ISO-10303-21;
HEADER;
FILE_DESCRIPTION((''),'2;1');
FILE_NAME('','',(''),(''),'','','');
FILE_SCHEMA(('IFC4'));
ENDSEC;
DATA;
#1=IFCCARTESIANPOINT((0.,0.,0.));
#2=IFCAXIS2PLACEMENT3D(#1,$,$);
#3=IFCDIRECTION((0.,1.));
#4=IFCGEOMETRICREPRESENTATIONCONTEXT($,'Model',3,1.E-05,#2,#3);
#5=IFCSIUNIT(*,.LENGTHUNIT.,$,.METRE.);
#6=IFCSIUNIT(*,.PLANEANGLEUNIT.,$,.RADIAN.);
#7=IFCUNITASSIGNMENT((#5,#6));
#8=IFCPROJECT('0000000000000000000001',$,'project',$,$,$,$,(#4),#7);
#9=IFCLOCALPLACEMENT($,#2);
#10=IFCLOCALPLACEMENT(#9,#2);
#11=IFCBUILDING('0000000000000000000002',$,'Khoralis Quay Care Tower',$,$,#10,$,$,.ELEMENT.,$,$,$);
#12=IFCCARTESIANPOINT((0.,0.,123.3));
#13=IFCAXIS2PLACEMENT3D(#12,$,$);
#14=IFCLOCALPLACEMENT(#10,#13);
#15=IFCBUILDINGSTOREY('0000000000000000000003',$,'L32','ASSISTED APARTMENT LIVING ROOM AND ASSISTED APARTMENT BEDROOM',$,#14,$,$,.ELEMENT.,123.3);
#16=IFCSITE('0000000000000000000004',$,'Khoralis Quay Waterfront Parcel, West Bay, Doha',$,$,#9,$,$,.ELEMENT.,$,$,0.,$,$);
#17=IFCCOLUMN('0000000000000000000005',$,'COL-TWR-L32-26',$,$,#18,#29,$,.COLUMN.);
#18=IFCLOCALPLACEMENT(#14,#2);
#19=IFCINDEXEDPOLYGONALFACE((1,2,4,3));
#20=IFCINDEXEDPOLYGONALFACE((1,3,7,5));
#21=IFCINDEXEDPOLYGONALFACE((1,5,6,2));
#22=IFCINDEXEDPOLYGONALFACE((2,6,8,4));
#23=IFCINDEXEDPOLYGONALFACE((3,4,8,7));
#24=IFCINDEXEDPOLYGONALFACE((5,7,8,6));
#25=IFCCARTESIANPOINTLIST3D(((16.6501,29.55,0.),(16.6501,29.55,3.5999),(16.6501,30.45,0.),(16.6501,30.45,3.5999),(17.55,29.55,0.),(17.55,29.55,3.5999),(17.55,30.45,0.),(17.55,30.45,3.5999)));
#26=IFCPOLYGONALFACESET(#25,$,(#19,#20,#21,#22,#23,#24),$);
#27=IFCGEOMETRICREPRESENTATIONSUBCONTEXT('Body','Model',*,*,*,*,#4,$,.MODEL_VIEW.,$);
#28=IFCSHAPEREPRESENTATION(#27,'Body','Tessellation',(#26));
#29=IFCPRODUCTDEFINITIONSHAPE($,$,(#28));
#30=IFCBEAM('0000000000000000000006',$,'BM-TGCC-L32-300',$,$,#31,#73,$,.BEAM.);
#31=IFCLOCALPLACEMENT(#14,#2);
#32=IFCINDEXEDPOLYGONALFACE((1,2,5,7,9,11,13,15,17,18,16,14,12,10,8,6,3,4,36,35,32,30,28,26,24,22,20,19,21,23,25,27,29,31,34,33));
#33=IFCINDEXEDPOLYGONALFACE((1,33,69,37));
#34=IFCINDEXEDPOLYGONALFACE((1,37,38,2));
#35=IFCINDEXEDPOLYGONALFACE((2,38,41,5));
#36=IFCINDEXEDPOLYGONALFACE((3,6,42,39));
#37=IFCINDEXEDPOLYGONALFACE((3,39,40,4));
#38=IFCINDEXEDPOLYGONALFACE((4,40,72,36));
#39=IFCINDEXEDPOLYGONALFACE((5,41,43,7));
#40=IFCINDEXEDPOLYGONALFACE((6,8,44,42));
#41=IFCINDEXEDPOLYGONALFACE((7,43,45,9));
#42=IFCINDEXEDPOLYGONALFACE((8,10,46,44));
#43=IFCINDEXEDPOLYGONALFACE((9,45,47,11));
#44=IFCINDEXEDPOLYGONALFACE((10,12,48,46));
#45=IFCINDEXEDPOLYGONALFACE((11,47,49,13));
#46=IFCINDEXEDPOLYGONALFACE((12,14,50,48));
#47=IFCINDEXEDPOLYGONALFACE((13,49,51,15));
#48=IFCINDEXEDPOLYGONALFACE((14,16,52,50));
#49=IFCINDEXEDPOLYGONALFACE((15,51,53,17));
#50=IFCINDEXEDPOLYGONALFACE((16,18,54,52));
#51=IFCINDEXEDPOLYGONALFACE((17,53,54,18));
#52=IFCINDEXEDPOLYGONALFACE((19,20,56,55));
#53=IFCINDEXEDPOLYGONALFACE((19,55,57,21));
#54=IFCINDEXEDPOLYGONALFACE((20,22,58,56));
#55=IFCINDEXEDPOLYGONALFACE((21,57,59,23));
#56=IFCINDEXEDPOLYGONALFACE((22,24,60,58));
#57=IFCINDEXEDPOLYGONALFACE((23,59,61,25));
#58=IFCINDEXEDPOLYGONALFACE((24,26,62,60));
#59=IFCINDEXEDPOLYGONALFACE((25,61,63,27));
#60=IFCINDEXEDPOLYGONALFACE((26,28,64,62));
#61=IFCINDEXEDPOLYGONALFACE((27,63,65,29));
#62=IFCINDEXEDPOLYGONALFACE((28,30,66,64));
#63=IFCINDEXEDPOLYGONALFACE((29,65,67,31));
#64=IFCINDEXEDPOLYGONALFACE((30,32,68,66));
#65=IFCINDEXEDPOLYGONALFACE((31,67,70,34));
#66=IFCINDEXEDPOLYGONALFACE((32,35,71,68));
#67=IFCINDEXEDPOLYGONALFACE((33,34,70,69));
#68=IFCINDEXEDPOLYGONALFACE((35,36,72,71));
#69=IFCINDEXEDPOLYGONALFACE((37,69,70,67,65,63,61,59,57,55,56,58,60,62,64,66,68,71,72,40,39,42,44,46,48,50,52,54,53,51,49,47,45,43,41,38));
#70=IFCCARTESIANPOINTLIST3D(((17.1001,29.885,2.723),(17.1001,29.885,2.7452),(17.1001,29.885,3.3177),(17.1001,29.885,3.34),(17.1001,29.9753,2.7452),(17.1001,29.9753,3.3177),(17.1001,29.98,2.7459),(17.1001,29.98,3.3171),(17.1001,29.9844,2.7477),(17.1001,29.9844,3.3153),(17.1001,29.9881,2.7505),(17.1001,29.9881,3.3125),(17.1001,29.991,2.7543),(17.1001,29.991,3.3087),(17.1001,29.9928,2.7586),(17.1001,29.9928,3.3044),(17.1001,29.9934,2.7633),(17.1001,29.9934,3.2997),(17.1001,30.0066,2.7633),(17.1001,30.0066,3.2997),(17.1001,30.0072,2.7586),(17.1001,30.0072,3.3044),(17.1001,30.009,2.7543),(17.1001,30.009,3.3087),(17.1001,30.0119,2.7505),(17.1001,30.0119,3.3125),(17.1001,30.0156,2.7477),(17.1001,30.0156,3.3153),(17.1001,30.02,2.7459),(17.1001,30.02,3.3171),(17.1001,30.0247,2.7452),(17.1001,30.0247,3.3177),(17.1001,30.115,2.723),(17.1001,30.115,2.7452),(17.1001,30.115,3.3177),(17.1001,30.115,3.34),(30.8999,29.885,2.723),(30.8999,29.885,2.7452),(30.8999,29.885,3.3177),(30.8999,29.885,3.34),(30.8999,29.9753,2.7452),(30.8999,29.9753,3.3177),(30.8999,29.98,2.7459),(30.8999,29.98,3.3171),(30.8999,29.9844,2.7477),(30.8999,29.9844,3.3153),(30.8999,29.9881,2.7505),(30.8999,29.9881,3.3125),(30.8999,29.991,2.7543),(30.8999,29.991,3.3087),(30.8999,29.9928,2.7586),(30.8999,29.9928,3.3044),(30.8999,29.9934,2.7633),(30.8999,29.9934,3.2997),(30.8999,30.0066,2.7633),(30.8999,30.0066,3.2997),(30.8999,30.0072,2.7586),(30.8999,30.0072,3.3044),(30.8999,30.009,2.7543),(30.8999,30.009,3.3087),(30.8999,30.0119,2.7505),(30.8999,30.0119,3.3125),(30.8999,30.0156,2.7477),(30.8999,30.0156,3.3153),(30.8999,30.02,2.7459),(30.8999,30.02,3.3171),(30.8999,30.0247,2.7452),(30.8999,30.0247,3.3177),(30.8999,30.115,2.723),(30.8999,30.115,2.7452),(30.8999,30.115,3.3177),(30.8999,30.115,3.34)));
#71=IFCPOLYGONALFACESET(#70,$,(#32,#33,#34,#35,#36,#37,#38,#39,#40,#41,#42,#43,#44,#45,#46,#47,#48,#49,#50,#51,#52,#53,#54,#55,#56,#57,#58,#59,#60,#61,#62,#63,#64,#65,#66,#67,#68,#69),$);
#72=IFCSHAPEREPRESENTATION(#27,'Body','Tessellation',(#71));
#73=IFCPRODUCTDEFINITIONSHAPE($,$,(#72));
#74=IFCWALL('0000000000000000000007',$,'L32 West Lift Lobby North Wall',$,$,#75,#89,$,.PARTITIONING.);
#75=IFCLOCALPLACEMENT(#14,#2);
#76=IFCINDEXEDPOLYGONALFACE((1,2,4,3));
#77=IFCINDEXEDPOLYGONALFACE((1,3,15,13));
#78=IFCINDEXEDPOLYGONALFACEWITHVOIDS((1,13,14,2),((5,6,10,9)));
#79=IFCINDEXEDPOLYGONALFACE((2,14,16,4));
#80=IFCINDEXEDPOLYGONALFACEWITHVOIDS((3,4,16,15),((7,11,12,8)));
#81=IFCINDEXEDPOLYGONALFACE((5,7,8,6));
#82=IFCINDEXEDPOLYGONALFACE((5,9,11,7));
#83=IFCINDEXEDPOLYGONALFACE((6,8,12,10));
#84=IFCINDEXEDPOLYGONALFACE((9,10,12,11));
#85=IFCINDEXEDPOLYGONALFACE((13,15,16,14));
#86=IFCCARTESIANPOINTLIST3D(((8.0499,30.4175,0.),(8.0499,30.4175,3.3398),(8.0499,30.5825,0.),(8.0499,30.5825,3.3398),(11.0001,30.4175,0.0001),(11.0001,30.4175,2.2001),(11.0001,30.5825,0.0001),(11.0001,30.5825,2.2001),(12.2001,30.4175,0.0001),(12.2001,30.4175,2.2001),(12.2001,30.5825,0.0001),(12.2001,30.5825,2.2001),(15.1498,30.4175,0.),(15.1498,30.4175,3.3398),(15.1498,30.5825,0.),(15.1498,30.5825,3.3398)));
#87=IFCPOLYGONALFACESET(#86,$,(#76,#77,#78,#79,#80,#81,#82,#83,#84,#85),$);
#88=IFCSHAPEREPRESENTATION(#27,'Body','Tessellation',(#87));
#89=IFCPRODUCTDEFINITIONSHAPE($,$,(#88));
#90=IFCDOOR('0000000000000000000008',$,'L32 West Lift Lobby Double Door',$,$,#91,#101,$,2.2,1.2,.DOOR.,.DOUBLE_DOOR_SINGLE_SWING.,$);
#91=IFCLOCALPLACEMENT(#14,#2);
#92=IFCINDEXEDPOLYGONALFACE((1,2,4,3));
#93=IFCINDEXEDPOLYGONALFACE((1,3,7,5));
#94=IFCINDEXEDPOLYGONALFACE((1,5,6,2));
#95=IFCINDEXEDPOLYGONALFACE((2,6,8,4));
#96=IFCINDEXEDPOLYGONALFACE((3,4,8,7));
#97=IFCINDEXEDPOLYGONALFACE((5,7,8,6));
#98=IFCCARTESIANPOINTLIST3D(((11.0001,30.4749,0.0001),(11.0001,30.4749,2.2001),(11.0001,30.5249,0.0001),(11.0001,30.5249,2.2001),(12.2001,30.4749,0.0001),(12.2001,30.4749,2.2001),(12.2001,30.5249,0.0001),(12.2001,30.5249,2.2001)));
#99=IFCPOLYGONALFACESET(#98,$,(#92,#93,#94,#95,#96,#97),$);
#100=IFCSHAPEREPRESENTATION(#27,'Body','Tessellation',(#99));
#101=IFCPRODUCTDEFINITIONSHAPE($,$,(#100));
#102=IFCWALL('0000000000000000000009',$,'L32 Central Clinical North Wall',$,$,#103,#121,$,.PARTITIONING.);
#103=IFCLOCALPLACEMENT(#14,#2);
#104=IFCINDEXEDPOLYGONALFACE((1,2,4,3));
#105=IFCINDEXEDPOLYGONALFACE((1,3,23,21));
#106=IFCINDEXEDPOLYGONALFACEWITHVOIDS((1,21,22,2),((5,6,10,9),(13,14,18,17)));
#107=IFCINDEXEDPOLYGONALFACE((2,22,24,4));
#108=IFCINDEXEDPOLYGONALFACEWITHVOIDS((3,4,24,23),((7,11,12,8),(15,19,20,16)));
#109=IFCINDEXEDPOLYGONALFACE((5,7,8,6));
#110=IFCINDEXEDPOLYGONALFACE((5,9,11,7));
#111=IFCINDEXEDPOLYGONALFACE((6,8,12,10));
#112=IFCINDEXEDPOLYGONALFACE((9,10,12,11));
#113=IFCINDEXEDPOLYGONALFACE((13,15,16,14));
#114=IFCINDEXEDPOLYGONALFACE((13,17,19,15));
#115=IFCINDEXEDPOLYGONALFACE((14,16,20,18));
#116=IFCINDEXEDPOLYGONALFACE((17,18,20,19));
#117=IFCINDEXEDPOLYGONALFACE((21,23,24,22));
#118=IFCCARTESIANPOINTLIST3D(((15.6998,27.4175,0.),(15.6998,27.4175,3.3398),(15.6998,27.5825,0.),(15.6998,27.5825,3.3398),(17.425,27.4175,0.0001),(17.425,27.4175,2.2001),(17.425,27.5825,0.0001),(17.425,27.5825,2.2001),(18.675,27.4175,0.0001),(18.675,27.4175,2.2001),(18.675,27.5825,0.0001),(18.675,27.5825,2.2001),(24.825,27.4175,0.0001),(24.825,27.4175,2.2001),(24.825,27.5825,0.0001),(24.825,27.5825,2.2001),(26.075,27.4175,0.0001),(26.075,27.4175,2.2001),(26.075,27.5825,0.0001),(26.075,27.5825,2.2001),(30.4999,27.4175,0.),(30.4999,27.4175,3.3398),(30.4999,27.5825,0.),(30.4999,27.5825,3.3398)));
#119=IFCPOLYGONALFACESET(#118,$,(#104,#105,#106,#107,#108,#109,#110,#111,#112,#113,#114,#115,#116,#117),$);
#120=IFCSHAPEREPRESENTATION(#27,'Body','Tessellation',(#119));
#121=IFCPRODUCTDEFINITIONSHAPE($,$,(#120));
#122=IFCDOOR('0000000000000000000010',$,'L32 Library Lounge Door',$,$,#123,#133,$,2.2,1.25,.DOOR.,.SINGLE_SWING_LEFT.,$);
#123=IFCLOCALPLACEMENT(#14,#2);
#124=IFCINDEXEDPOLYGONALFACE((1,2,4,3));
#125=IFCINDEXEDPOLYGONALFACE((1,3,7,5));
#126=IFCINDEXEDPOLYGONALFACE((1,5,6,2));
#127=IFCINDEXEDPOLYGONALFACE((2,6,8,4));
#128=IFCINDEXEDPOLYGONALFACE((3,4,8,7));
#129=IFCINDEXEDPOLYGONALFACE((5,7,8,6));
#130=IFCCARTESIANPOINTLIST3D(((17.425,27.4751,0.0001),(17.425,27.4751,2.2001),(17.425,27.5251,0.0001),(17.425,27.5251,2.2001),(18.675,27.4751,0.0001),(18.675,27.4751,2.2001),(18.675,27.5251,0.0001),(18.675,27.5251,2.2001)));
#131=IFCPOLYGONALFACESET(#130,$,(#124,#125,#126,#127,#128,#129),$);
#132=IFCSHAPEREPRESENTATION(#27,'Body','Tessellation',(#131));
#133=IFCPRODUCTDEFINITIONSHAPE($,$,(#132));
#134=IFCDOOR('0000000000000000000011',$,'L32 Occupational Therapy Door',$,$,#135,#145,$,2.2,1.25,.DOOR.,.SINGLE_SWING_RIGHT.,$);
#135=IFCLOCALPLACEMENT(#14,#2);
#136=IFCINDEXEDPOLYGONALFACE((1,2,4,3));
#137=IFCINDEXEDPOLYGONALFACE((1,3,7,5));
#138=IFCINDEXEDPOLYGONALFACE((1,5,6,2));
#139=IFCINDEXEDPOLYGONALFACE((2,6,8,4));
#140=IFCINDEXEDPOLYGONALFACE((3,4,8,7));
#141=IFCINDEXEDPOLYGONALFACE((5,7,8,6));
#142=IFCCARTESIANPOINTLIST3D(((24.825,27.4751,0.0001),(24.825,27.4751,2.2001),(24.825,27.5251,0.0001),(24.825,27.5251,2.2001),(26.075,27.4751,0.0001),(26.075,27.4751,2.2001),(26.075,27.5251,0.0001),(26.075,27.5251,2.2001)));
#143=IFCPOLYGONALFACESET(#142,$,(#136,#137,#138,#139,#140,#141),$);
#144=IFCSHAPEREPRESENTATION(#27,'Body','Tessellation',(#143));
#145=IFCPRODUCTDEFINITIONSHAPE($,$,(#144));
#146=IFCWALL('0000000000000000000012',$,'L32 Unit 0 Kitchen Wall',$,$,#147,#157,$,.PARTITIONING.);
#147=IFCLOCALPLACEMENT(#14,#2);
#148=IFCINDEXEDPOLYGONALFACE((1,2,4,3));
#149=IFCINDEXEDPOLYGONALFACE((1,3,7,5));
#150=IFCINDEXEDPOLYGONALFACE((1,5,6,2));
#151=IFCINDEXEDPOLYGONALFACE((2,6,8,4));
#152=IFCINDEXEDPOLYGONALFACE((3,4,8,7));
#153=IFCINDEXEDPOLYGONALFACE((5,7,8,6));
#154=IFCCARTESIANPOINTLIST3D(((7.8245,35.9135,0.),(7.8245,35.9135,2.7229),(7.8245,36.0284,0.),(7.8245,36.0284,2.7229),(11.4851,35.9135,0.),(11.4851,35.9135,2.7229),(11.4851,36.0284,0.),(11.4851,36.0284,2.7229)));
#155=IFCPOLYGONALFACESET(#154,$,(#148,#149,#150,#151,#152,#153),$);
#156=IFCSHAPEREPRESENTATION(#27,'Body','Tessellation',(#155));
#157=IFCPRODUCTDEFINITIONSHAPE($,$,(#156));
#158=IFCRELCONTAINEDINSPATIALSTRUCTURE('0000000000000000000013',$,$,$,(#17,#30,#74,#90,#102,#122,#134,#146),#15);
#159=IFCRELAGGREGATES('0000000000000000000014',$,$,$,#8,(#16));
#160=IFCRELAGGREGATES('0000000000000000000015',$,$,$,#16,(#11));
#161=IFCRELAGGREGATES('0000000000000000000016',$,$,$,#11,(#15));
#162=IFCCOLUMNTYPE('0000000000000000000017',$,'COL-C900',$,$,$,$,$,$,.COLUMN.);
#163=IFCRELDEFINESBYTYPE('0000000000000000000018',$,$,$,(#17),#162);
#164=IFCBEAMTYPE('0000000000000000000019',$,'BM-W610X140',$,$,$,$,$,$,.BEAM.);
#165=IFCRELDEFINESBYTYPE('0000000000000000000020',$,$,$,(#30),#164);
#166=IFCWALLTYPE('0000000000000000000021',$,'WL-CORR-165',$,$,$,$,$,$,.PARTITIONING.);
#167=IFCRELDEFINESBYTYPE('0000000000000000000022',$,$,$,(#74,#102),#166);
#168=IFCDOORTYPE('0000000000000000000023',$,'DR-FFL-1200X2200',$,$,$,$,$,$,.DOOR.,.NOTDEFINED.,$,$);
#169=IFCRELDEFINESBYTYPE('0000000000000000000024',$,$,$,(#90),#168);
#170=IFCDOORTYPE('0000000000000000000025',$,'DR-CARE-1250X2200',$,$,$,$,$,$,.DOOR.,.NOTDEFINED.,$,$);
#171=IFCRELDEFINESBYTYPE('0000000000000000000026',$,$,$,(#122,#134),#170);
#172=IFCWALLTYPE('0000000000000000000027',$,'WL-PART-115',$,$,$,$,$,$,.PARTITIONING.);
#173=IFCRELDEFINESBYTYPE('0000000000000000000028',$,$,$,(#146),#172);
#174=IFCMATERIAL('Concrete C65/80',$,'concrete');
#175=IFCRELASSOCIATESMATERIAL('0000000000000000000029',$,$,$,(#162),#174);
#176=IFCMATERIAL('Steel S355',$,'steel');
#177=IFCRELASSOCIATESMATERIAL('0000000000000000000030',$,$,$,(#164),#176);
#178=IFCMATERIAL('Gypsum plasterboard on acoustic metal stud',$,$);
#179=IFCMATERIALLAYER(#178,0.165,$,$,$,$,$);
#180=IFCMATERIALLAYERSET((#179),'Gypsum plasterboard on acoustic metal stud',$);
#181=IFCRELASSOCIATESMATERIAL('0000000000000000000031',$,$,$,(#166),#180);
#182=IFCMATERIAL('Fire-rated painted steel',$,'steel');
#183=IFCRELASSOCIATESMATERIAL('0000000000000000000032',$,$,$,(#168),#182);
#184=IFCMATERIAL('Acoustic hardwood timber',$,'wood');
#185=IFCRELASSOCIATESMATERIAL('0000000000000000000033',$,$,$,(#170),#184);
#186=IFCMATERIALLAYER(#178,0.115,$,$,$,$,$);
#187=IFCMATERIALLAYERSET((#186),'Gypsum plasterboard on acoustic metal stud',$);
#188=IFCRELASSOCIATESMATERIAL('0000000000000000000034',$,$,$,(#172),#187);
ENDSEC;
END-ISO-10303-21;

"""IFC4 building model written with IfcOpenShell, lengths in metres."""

from ifc_helpers import new_model, si_unit, direction, frame, frame_2d, origin, origin_2d, place, context, subcontext, project, spatial, rectangle, i_section, extrude, source, transform, mapped, material, layer, layer_set, material_profile, profile_set, type_object, element, fill, save


model = new_model("IFC4")

# Units and contexts
model_context = context("Model", 3, precision=1e-05, world=origin(), true_north=direction((0.0, 1.0)))
body_context = subcontext(model_context, "Body", "Model", "MODEL_VIEW")
ifc_project = project(units=[si_unit("LENGTHUNIT", "METRE"), si_unit("PLANEANGLEUNIT", "RADIAN")], contexts=[model_context])

# Site, building, storey
site_placement = place(None, origin())
site = spatial("IfcSite", under=ifc_project, at=site_placement, Name="Khoralis Quay Waterfront Parcel, West Bay, Doha", CompositionType="ELEMENT", RefElevation=0.0)
building_placement = place(site_placement, origin())
building = spatial("IfcBuilding", under=site, at=building_placement, Name="Khoralis Quay Care Tower", CompositionType="ELEMENT")
storey_placement = place(building_placement, frame((0.0, 0.0, 123.3)))
storey = spatial("IfcBuildingStorey", under=building, at=storey_placement, Name="L32", Description="ASSISTED APARTMENT LIVING ROOM AND ASSISTED APARTMENT BEDROOM", CompositionType="ELEMENT", Elevation=123.3)

# Column
ifc_material_1 = material(Name="Concrete C65/80", Category="concrete")
ifc_material_profile_1 = material_profile(ifc_material_1, rectangle(XDim=0.8999, YDim=0.8999, at=origin_2d()), Name="Concrete C65/80")
ifc_profile_set_1 = profile_set([ifc_material_profile_1], Name="Concrete C65/80")
column_type = type_object("IfcColumnType", Name="COL-C900", PredefinedType="COLUMN", material=ifc_profile_set_1)
shared_shape_1 = source(origin(), body_context, "Body", "SweptSolid", [
    extrude(rectangle(XDim=0.8999, YDim=0.8999, at=origin_2d()), origin(), (0.0, 0.0, 1.0), 3.5999),
])
column_placement = place(storey_placement, frame((17.1001, 30.0, 0.0), z_axis=(0.0, 0.0, 1.0), x_axis=(1.0, 0.0, 0.0)))
element("IfcColumn", 1, at=column_placement, inside=storey, type_object=column_type, Name="COL-TWR-L32-26", PredefinedType="COLUMN", context=body_context, shape_type="MappedRepresentation", body=[
    mapped(shared_shape_1, transform((0.0, 0.0, 0.0), scale=1.0)),
])

# Beam
ifc_material_2 = material(Name="Steel S355", Category="steel")
ifc_material_profile_2 = material_profile(ifc_material_2, i_section(OverallWidth=0.23, OverallDepth=0.6169, WebThickness=0.0132, FlangeThickness=0.0222, FilletRadius=0.0181, at=origin_2d()), Name="Steel S355")
ifc_profile_set_2 = profile_set([ifc_material_profile_2], Name="Steel S355")
beam_type = type_object("IfcBeamType", Name="BM-W610X140", PredefinedType="BEAM", material=ifc_profile_set_2)
shared_shape_2 = source(origin(), body_context, "Body", "SweptSolid", [
    extrude(i_section(OverallWidth=0.23, OverallDepth=0.6169, WebThickness=0.0132, FlangeThickness=0.0222, FilletRadius=0.0181, at=origin_2d()), origin(), (0.0, 0.0, 1.0), 13.7998),
])
beam_placement = place(storey_placement, frame((17.1001, 30.0, 3.0315), z_axis=(1.0, 0.0, 0.0), x_axis=(0.0, 1.0, 0.0)))
element("IfcBeam", 2, at=beam_placement, inside=storey, type_object=beam_type, Name="BM-TGCC-L32-300", PredefinedType="BEAM", context=body_context, shape_type="MappedRepresentation", body=[
    mapped(shared_shape_2, transform((0.0, 0.0, 0.0), scale=1.0)),
])

# Wall, opening, door
ifc_material_3 = material(Name="Gypsum plasterboard on acoustic metal stud")
ifc_layer_1 = layer(ifc_material_3, 0.165)
ifc_layer_set_1 = layer_set([ifc_layer_1], Name="Gypsum plasterboard on acoustic metal stud")
wall_type_1 = type_object("IfcWallType", Name="WL-CORR-165", PredefinedType="PARTITIONING", material=ifc_layer_set_1)
wall_1_placement = place(storey_placement, frame((8.05, 30.5, 0.0), z_axis=(0.0, 0.0, 1.0), x_axis=(1.0, 0.0, 0.0)))
wall_1 = element("IfcWall", 3, at=wall_1_placement, inside=storey, type_object=wall_type_1, Name="L32 West Lift Lobby North Wall", PredefinedType="PARTITIONING", context=body_context, shape_type="SweptSolid", body=[
    extrude(rectangle(XDim=7.0999, YDim=0.165, at=frame_2d((3.5498, 0.0))), origin(), (0.0, 0.0, 1.0), 3.3398),
])
opening_1_placement = place(wall_1_placement, frame((2.95, 0.0, 0.0)))
opening_1 = element("IfcOpeningElement", 4, at=opening_1_placement, cuts=wall_1, PredefinedType="OPENING", context=body_context, shape_type="SweptSolid", body=[
    extrude(rectangle(XDim=1.2, YDim=2.2, at=frame_2d((0.6001, 1.1001))), frame((0.0, 0.0925, 0.0), z_axis=(0.0, -1.0, 0.0), x_axis=(1.0, 0.0, 0.0)), (0.0, 0.0, 1.0), 0.1851),
])
ifc_material_4 = material(Name="Fire-rated painted steel", Category="steel")
door_type_1 = type_object("IfcDoorType", Name="DR-FFL-1200X2200", OperationType="NOTDEFINED", PredefinedType="DOOR", material=ifc_material_4)
shared_shape_3 = source(origin(), body_context, "Body", "SweptSolid", [
    extrude(rectangle(XDim=1.2, YDim=2.2, at=frame_2d((0.6001, 1.1001))), frame((0.0, 0.0249, 0.0), z_axis=(0.0, -1.0, 0.0), x_axis=(1.0, 0.0, 0.0)), (0.0, 0.0, 1.0), 0.05),
])
door_1_placement = place(opening_1_placement, origin())
door_1 = element("IfcDoor", 5, at=door_1_placement, inside=storey, type_object=door_type_1, Name="L32 West Lift Lobby Double Door", OperationType="DOUBLE_DOOR_SINGLE_SWING", OverallHeight=2.2, OverallWidth=1.2, PredefinedType="DOOR", context=body_context, shape_type="MappedRepresentation", body=[
    mapped(shared_shape_3, transform((0.0, 0.0, 0.0), scale=1.0)),
])
fill(opening_1, door_1)

# Wall, openings, doors
wall_2_placement = place(storey_placement, frame((15.7, 27.5, 0.0), z_axis=(0.0, 0.0, 1.0), x_axis=(1.0, 0.0, 0.0)))
wall_2 = element("IfcWall", 6, at=wall_2_placement, inside=storey, type_object=wall_type_1, Name="L32 Central Clinical North Wall", PredefinedType="PARTITIONING", context=body_context, shape_type="SweptSolid", body=[
    extrude(rectangle(XDim=14.8, YDim=0.165, at=frame_2d((7.3999, 0.0))), origin(), (0.0, 0.0, 1.0), 3.3398),
])
opening_2_placement = place(wall_2_placement, frame((1.7251, 0.0, 0.0)))
opening_2 = element("IfcOpeningElement", 7, at=opening_2_placement, cuts=wall_2, PredefinedType="OPENING", context=body_context, shape_type="SweptSolid", body=[
    extrude(rectangle(XDim=1.25, YDim=2.2, at=frame_2d((0.625, 1.1001))), frame((0.0, 0.0925, 0.0), z_axis=(0.0, -1.0, 0.0), x_axis=(1.0, 0.0, 0.0)), (0.0, 0.0, 1.0), 0.1851),
])
opening_3_placement = place(wall_2_placement, frame((9.125, 0.0, 0.0)))
opening_3 = element("IfcOpeningElement", 8, at=opening_3_placement, cuts=wall_2, PredefinedType="OPENING", context=body_context, shape_type="SweptSolid", body=[
    extrude(rectangle(XDim=1.25, YDim=2.2, at=frame_2d((0.625, 1.1001))), frame((0.0, 0.0925, 0.0), z_axis=(0.0, -1.0, 0.0), x_axis=(1.0, 0.0, 0.0)), (0.0, 0.0, 1.0), 0.1851),
])
ifc_material_5 = material(Name="Acoustic hardwood timber", Category="wood")
door_type_2 = type_object("IfcDoorType", Name="DR-CARE-1250X2200", OperationType="NOTDEFINED", PredefinedType="DOOR", material=ifc_material_5)
shared_shape_4 = source(origin(), body_context, "Body", "SweptSolid", [
    extrude(rectangle(XDim=1.25, YDim=2.2, at=frame_2d((0.625, 1.1001))), frame((0.0, 0.0249, 0.0), z_axis=(0.0, -1.0, 0.0), x_axis=(1.0, 0.0, 0.0)), (0.0, 0.0, 1.0), 0.05),
])
door_2_placement = place(opening_2_placement, frame((1.25, 0.0, 0.0), z_axis=(0.0, 0.0, 1.0), x_axis=(-1.0, 0.0, 0.0)))
door_2 = element("IfcDoor", 9, at=door_2_placement, inside=storey, type_object=door_type_2, Name="L32 Library Lounge Door", OperationType="SINGLE_SWING_LEFT", OverallHeight=2.2, OverallWidth=1.25, PredefinedType="DOOR", context=body_context, shape_type="MappedRepresentation", body=[
    mapped(shared_shape_4, transform((0.0, 0.0, 0.0), scale=1.0)),
])
fill(opening_2, door_2)
door_3_placement = place(opening_3_placement, frame((1.25, 0.0, 0.0), z_axis=(0.0, 0.0, 1.0), x_axis=(-1.0, 0.0, 0.0)))
door_3 = element("IfcDoor", 10, at=door_3_placement, inside=storey, type_object=door_type_2, Name="L32 Occupational Therapy Door", OperationType="SINGLE_SWING_RIGHT", OverallHeight=2.2, OverallWidth=1.25, PredefinedType="DOOR", context=body_context, shape_type="MappedRepresentation", body=[
    mapped(shared_shape_4, transform((0.0, 0.0, 0.0), scale=1.0)),
])
fill(opening_3, door_3)

# Wall
ifc_layer_2 = layer(ifc_material_3, 0.115)
ifc_layer_set_2 = layer_set([ifc_layer_2], Name="Gypsum plasterboard on acoustic metal stud")
wall_type_2 = type_object("IfcWallType", Name="WL-PART-115", PredefinedType="PARTITIONING", material=ifc_layer_set_2)
wall_3_placement = place(storey_placement, frame((7.8245, 35.9709, 0.0), z_axis=(0.0, 0.0, 1.0), x_axis=(1.0, 0.0, 0.0)))
element("IfcWall", 11, at=wall_3_placement, inside=storey, type_object=wall_type_2, Name="L32 Unit 0 Kitchen Wall", PredefinedType="PARTITIONING", context=body_context, shape_type="SweptSolid", body=[
    extrude(rectangle(XDim=3.6606, YDim=0.115, at=frame_2d((1.8303, 0.0))), origin(), (0.0, 0.0, 1.0), 2.7229),
])

save(model, "model.ifc")
